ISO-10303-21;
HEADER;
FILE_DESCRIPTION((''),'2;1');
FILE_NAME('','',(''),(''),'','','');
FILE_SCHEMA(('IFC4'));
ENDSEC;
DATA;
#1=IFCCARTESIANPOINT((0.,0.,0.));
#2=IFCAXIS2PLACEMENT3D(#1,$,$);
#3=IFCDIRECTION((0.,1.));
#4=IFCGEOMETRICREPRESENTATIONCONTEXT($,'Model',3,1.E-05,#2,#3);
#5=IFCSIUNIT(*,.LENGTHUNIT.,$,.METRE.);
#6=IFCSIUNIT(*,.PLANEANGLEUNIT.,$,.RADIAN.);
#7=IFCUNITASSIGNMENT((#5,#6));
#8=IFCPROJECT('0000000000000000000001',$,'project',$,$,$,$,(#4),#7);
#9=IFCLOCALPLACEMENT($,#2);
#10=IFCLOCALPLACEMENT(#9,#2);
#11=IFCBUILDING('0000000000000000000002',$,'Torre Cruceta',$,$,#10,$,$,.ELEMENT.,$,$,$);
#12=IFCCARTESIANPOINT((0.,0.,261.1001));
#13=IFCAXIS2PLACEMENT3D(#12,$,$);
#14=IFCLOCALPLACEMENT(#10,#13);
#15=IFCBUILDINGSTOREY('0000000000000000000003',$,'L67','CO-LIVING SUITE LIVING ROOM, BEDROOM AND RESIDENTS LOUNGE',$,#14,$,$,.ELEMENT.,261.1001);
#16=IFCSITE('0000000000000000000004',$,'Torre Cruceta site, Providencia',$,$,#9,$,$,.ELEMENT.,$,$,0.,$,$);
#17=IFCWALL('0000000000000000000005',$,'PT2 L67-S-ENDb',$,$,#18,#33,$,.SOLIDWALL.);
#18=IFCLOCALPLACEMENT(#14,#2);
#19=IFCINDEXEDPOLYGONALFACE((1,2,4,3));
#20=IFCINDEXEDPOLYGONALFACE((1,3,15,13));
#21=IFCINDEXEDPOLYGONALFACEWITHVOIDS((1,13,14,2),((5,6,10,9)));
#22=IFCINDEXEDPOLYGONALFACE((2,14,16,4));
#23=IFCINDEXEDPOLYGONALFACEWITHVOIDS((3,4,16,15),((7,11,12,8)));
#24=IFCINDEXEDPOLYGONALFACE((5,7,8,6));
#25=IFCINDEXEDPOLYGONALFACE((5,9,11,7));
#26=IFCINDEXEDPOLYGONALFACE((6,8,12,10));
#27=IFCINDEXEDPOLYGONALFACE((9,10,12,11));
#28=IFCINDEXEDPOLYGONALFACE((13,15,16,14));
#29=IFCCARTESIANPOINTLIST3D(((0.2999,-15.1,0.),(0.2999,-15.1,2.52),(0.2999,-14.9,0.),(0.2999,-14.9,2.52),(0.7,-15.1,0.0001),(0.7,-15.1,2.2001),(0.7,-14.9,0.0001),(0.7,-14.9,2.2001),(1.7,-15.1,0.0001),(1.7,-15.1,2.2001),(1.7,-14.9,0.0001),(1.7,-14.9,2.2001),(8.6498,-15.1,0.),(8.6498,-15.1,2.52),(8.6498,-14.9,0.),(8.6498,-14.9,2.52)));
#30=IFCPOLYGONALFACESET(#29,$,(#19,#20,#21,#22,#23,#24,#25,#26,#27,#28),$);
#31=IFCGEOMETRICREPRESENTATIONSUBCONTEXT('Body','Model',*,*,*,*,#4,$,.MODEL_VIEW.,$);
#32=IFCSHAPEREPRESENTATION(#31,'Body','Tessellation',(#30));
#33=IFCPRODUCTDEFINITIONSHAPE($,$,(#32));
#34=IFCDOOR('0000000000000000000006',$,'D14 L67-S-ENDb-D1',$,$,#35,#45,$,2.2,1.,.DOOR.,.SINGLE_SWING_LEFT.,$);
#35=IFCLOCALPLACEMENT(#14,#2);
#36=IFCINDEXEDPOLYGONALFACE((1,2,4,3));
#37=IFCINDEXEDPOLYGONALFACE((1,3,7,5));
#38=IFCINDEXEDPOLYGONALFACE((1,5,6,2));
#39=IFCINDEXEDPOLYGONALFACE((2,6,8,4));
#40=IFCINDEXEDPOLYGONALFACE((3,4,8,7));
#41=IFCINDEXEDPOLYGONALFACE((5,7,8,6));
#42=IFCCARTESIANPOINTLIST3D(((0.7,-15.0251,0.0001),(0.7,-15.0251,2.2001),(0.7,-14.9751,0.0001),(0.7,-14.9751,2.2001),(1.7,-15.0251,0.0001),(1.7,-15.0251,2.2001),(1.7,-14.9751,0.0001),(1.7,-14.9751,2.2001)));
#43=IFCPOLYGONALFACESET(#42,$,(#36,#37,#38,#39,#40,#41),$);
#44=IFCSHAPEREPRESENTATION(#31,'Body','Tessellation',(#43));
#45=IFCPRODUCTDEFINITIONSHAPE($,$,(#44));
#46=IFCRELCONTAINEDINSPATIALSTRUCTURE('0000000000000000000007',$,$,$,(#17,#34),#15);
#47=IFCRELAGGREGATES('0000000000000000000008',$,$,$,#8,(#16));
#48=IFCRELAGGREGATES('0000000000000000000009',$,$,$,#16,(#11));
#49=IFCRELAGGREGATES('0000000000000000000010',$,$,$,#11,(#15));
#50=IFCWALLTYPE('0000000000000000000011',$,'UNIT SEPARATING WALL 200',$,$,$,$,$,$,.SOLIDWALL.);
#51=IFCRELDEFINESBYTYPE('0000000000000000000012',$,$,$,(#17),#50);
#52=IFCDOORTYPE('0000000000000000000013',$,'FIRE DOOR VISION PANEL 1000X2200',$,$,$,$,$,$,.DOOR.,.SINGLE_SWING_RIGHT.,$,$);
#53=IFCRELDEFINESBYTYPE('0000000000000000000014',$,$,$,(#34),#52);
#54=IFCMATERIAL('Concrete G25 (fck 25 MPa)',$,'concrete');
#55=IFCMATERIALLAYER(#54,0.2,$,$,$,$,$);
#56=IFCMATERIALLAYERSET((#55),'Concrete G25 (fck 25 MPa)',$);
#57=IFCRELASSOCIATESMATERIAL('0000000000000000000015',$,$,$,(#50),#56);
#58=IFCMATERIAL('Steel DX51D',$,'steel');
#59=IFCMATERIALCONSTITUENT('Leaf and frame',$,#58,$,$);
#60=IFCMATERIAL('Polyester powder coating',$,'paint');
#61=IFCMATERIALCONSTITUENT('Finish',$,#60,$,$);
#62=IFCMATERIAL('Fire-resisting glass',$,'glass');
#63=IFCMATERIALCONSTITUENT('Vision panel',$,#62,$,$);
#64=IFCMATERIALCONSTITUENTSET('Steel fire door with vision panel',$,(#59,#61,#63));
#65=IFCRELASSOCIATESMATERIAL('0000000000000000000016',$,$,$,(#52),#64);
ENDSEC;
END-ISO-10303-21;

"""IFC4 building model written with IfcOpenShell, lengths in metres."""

from ifc_helpers import new_model, si_unit, direction, frame, frame_2d, origin, place, context, subcontext, project, spatial, rectangle, extrude, material, layer, layer_set, constituent, constituent_set, type_object, element, fill, save


model = new_model("IFC4")

# Units and contexts
model_context = context("Model", 3, precision=1e-05, world=origin(), true_north=direction((0.0, 1.0)))
body_context = subcontext(model_context, "Body", "Model", "MODEL_VIEW")
ifc_project = project(units=[si_unit("LENGTHUNIT", "METRE"), si_unit("PLANEANGLEUNIT", "RADIAN")], contexts=[model_context])

# Site, building, storey
site_placement = place(None, origin())
site = spatial("IfcSite", under=ifc_project, at=site_placement, Name="Torre Cruceta site, Providencia", CompositionType="ELEMENT", RefElevation=0.0)
building_placement = place(site_placement, origin())
building = spatial("IfcBuilding", under=site, at=building_placement, Name="Torre Cruceta", CompositionType="ELEMENT")
storey_placement = place(building_placement, frame((0.0, 0.0, 261.1001)))
storey = spatial("IfcBuildingStorey", under=building, at=storey_placement, Name="L67", Description="CO-LIVING SUITE LIVING ROOM, BEDROOM AND RESIDENTS LOUNGE", CompositionType="ELEMENT", Elevation=261.1001)

# Wall, opening, door
ifc_material_1 = material(Name="Concrete G25 (fck 25 MPa)", Category="concrete")
ifc_layer_1 = layer(ifc_material_1, 0.2)
ifc_layer_set_1 = layer_set([ifc_layer_1], Name="Concrete G25 (fck 25 MPa)")
wall_type_1 = type_object("IfcWallType", Name="UNIT SEPARATING WALL 200", PredefinedType="SOLIDWALL", material=ifc_layer_set_1)
wall_1_placement = place(storey_placement, frame((0.3, -15.0, 0.0), z_axis=(0.0, 0.0, 1.0), x_axis=(1.0, 0.0, 0.0)))
wall_1 = element("IfcWall", 1, at=wall_1_placement, inside=storey, type_object=wall_type_1, Name="PT2 L67-S-ENDb", PredefinedType="SOLIDWALL", context=body_context, shape_type="SweptSolid", body=[
    extrude(rectangle(XDim=8.3499, YDim=0.2, at=frame_2d((4.1748, 0.0))), origin(), (0.0, 0.0, 1.0), 2.52),
])
opening_1_placement = place(wall_1_placement, frame((0.3999, 0.0, 0.0)))
opening_1 = element("IfcOpeningElement", 2, at=opening_1_placement, cuts=wall_1, PredefinedType="OPENING", context=body_context, shape_type="SweptSolid", body=[
    extrude(rectangle(XDim=1.0, YDim=2.2, at=frame_2d((0.5, 1.1001))), frame((0.0, 0.1099, 0.0), z_axis=(0.0, -1.0, 0.0), x_axis=(1.0, 0.0, 0.0)), (0.0, 0.0, 1.0), 0.22),
])
ifc_material_2 = material(Name="Steel DX51D", Category="steel")
ifc_constituent_1 = constituent(ifc_material_2, Name="Leaf and frame")
ifc_material_3 = material(Name="Polyester powder coating", Category="paint")
ifc_constituent_2 = constituent(ifc_material_3, Name="Finish")
ifc_material_4 = material(Name="Fire-resisting glass", Category="glass")
ifc_constituent_3 = constituent(ifc_material_4, Name="Vision panel")
ifc_constituent_set_1 = constituent_set(constituents=[ifc_constituent_1, ifc_constituent_2, ifc_constituent_3], Name="Steel fire door with vision panel")
door_type_1 = type_object("IfcDoorType", Name="FIRE DOOR VISION PANEL 1000X2200", OperationType="SINGLE_SWING_RIGHT", PredefinedType="DOOR", material=ifc_constituent_set_1)
door_1_placement = place(opening_1_placement, frame((1.0, 0.0, 0.0), z_axis=(0.0, 0.0, 1.0), x_axis=(-1.0, 0.0, 0.0)))
door_1 = element("IfcDoor", 3, at=door_1_placement, inside=storey, type_object=door_type_1, Name="D14 L67-S-ENDb-D1", OperationType="SINGLE_SWING_LEFT", OverallHeight=2.2, OverallWidth=1.0, PredefinedType="DOOR", context=body_context, shape_type="SweptSolid", body=[
    extrude(rectangle(XDim=1.0, YDim=2.2, at=frame_2d((0.5, 1.1001))), frame((0.0, 0.0251, 0.0), z_axis=(0.0, -1.0, 0.0), x_axis=(1.0, 0.0, 0.0)), (0.0, 0.0, 1.0), 0.05),
])
fill(opening_1, door_1)

save(model, "model.ifc")
